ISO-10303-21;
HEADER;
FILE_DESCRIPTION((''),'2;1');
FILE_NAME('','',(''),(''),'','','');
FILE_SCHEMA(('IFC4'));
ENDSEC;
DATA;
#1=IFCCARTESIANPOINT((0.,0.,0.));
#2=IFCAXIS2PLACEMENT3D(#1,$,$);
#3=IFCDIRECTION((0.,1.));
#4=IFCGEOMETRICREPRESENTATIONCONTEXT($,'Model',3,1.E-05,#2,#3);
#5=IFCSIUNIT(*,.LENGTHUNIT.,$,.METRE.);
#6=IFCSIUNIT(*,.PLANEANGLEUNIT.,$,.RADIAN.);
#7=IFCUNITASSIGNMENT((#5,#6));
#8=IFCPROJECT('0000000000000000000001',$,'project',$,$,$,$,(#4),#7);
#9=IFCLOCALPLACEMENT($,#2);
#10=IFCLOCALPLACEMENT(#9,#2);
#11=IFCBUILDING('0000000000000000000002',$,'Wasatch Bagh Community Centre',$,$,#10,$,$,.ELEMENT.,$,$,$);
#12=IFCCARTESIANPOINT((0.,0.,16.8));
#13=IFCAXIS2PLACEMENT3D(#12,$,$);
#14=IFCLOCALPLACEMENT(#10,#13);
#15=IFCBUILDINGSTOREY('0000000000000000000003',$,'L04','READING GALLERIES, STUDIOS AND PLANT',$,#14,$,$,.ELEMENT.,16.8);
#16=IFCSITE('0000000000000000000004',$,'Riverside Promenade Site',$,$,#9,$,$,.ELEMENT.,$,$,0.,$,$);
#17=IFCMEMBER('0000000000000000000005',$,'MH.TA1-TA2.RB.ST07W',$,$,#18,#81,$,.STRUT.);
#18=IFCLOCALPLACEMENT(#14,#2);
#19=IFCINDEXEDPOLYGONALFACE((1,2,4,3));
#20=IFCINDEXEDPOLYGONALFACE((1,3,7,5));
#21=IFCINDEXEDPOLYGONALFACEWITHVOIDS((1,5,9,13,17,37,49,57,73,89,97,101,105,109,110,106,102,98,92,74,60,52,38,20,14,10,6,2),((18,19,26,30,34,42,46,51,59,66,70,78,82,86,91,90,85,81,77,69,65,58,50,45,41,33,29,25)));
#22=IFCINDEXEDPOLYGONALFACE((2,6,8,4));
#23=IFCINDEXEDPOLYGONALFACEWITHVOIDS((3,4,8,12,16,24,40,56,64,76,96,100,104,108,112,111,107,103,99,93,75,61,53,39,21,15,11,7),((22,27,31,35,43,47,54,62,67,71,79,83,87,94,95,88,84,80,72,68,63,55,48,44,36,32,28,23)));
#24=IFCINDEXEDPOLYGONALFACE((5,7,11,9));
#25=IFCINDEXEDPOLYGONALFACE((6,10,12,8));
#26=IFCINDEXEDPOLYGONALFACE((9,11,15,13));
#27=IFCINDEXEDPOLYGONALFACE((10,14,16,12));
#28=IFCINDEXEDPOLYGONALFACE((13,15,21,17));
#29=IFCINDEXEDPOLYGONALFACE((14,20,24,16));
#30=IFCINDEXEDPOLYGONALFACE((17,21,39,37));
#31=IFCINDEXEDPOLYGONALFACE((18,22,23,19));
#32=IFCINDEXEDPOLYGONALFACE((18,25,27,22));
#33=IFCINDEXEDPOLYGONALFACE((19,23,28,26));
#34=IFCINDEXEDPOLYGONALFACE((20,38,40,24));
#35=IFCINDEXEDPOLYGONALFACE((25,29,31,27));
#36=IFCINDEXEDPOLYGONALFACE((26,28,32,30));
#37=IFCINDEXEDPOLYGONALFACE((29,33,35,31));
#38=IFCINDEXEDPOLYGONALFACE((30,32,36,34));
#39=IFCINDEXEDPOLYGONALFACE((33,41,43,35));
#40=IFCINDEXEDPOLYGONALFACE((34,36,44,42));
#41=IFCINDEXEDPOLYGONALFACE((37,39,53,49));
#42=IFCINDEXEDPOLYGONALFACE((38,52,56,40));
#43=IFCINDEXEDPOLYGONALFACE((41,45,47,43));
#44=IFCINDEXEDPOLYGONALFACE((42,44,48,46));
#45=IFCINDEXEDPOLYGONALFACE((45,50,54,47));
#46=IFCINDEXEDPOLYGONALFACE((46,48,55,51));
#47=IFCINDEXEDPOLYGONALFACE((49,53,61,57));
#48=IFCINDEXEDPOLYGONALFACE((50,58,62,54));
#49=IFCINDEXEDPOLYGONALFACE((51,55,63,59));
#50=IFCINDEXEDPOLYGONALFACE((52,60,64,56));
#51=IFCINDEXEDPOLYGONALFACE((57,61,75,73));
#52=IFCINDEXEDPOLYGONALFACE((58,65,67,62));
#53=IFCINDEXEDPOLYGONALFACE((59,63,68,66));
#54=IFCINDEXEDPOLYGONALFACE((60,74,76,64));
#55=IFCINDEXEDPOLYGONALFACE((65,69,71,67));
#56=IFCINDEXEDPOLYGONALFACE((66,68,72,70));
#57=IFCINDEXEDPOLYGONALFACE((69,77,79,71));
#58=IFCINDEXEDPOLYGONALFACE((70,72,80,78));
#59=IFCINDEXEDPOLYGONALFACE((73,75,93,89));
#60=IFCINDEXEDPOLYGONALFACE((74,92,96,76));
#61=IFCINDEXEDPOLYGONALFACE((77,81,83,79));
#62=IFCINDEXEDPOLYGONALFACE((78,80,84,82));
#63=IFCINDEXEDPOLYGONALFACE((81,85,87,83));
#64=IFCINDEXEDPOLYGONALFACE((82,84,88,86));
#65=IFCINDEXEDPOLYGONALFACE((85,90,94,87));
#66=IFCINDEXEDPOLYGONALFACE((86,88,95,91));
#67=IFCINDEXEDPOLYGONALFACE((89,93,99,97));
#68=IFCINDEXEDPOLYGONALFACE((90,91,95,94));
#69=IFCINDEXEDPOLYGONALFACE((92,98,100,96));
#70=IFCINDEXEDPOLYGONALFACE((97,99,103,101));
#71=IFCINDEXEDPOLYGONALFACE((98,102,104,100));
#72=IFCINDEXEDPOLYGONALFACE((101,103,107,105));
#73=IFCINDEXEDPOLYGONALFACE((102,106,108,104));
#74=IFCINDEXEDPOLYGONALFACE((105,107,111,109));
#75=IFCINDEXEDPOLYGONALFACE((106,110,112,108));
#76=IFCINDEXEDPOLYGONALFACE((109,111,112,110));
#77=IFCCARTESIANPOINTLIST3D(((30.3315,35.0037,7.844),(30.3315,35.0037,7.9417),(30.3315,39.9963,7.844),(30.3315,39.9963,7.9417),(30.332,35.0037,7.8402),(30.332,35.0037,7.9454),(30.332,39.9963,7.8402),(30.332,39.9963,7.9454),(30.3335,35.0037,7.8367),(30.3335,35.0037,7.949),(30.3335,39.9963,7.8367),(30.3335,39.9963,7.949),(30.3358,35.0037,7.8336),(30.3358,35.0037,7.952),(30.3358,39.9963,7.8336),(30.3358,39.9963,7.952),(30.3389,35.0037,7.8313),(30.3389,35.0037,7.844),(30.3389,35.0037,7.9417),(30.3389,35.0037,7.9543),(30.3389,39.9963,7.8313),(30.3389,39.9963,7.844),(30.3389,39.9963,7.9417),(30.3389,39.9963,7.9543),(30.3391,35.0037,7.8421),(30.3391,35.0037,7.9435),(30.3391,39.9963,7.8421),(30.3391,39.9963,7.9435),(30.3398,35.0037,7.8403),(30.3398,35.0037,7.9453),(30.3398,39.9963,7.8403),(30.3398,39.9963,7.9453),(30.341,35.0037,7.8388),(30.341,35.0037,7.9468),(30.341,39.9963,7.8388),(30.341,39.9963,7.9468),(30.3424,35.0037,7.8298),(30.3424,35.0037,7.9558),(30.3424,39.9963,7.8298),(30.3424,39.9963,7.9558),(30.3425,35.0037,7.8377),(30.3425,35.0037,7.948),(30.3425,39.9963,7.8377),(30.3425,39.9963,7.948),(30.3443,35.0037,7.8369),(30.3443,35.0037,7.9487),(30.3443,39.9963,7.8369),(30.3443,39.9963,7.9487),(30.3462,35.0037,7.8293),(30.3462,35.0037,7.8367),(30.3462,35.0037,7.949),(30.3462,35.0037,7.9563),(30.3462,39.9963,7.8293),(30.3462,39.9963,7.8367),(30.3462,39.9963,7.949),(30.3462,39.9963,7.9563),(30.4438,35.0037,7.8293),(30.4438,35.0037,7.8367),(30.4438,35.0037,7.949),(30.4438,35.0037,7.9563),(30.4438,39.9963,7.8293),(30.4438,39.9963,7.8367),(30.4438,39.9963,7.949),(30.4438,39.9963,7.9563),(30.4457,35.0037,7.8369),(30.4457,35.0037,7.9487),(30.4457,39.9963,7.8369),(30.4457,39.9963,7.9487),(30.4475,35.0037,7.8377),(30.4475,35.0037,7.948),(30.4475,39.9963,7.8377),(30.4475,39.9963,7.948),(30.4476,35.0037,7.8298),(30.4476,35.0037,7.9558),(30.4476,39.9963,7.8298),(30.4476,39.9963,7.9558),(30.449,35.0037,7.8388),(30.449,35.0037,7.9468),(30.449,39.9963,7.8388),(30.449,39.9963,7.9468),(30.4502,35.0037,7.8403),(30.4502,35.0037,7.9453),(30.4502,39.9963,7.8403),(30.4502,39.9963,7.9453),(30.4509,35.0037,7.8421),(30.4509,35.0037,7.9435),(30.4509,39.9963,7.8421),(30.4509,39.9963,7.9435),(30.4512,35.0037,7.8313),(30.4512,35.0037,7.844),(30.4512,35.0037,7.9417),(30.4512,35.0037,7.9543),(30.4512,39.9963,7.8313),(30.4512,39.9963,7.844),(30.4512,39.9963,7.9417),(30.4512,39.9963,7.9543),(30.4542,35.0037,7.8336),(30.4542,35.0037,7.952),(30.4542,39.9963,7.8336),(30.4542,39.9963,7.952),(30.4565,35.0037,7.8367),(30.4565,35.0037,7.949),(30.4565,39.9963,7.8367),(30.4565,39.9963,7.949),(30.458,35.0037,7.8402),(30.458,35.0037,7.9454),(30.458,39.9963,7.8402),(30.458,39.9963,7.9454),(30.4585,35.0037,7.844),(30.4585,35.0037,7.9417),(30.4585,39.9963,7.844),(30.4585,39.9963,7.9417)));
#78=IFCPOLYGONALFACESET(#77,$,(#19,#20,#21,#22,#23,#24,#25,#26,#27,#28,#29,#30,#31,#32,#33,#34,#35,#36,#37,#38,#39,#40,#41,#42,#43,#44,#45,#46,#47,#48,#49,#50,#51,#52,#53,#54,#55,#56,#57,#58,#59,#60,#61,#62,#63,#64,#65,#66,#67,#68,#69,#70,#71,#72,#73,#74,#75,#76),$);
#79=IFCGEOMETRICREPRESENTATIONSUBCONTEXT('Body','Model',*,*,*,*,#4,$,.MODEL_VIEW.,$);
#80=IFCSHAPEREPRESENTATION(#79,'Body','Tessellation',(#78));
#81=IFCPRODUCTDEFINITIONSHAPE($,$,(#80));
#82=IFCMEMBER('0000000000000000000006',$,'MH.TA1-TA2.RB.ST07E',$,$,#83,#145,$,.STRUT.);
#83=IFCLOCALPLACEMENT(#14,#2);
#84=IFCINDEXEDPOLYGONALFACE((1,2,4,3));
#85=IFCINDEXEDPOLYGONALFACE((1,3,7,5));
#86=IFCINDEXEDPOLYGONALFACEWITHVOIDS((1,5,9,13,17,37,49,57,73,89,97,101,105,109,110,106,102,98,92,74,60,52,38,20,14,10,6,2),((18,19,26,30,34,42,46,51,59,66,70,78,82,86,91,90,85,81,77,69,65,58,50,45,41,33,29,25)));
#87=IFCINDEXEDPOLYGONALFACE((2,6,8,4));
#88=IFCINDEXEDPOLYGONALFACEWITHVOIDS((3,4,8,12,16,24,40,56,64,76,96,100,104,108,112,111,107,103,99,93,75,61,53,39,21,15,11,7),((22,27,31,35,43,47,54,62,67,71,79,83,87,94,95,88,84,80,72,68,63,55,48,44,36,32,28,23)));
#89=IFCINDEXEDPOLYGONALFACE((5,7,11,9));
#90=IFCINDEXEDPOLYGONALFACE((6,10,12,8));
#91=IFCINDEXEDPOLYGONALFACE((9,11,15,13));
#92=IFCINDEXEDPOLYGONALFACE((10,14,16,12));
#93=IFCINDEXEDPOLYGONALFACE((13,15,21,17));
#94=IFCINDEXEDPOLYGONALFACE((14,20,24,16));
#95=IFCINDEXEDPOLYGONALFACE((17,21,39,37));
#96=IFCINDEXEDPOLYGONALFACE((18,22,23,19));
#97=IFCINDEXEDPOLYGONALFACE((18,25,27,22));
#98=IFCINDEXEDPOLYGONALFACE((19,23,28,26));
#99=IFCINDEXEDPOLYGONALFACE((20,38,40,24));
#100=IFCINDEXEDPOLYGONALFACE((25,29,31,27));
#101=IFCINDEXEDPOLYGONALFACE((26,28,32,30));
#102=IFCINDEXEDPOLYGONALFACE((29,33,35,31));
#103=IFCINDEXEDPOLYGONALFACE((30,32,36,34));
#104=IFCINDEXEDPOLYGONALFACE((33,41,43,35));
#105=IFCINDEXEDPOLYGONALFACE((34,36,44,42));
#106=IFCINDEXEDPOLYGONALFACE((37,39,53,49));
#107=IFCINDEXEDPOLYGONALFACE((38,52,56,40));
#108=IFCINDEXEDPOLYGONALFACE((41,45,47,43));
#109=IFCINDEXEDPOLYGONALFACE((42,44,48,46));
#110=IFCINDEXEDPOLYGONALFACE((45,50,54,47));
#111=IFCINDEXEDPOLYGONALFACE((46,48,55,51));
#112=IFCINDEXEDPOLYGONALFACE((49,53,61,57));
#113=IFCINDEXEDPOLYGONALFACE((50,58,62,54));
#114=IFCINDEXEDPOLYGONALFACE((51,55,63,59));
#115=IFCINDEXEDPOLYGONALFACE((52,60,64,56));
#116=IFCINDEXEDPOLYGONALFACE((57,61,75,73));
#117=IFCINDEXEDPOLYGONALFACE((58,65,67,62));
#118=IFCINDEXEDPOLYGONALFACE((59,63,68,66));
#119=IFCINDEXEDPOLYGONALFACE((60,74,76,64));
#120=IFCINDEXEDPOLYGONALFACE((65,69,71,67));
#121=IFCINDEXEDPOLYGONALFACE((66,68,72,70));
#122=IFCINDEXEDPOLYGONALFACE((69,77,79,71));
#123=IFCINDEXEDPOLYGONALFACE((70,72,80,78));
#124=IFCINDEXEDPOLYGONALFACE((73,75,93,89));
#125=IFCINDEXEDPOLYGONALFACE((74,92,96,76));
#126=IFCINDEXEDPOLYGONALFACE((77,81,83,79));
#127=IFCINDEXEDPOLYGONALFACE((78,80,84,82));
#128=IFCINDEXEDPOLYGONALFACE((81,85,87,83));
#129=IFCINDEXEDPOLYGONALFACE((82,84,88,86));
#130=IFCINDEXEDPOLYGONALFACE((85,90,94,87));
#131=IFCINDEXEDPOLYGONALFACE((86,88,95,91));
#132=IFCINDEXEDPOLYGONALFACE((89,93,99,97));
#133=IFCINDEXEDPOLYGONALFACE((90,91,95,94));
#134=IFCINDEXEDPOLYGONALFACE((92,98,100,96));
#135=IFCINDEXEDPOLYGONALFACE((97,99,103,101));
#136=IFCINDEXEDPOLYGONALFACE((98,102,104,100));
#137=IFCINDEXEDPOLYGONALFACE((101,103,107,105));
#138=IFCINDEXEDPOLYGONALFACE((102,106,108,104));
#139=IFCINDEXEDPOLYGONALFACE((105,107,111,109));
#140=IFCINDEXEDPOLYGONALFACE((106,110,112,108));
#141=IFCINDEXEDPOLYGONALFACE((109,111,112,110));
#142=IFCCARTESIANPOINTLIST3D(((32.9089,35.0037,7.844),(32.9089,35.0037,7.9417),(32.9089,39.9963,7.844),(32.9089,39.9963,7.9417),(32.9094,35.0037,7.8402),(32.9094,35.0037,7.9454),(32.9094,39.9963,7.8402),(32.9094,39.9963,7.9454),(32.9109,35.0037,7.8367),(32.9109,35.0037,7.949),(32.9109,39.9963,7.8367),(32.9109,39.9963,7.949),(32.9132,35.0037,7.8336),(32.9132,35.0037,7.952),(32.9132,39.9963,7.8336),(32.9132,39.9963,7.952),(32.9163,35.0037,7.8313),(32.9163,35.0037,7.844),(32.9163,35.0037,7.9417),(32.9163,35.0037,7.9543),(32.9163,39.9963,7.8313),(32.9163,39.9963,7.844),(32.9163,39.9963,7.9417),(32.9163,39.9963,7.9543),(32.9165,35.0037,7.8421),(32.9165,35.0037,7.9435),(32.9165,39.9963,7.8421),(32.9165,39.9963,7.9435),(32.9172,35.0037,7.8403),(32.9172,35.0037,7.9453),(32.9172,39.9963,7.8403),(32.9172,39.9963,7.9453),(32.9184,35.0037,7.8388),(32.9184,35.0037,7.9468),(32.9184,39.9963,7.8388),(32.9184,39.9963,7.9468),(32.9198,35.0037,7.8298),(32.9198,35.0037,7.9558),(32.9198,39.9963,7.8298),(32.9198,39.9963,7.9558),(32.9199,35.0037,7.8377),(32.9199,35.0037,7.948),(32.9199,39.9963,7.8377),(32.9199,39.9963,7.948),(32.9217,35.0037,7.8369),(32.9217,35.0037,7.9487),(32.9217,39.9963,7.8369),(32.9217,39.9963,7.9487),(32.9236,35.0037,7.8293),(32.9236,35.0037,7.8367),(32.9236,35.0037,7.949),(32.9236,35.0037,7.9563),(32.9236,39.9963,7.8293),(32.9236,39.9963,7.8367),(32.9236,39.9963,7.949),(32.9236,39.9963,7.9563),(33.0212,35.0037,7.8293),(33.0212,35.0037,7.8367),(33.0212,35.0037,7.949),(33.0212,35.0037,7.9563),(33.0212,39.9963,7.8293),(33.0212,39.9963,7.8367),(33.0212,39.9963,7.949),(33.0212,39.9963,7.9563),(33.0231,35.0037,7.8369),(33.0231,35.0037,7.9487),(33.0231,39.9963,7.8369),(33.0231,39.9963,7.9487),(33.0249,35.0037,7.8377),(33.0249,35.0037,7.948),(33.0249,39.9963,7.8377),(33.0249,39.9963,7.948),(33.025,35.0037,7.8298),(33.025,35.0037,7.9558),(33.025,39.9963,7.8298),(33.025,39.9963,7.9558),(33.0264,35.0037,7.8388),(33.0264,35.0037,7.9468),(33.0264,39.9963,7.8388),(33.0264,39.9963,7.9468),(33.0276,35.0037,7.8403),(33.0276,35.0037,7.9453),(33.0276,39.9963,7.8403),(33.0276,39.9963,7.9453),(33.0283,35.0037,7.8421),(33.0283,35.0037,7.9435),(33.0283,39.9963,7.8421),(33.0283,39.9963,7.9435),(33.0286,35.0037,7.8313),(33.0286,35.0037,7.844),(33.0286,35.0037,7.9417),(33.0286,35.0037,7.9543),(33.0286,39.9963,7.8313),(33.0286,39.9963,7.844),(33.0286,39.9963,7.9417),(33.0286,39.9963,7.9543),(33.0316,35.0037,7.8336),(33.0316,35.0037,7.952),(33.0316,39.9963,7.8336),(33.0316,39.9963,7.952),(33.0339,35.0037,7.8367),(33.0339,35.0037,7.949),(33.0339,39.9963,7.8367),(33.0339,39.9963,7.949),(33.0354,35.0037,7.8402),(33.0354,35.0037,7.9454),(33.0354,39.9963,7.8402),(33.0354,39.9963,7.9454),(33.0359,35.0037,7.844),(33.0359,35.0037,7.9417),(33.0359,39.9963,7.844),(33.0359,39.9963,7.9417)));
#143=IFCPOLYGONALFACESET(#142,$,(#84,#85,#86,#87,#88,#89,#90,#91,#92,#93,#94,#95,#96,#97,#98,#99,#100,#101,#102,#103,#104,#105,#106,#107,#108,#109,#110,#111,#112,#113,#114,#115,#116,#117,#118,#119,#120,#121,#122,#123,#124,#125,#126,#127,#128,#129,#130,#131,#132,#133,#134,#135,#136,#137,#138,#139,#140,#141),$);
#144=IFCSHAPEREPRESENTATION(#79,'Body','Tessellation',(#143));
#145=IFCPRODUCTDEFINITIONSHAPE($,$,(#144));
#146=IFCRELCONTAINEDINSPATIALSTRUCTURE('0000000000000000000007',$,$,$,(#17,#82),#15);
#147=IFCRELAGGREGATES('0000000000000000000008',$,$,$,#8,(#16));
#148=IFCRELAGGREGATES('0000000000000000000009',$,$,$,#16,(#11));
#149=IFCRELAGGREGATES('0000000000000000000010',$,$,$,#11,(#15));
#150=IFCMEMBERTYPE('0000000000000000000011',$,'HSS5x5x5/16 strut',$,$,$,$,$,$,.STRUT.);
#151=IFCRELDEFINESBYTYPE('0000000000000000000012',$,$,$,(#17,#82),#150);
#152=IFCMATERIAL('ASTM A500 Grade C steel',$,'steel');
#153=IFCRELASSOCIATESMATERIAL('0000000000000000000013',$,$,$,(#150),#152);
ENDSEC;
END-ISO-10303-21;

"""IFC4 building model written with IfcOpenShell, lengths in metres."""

from ifc_helpers import new_model, si_unit, direction, frame, origin, origin_2d, place, context, subcontext, project, spatial, hollow_rectangle, extrude, material, material_profile, profile_set, type_object, element, save


model = new_model("IFC4")

# Units and contexts
model_context = context("Model", 3, precision=1e-05, world=origin(), true_north=direction((0.0, 1.0)))
body_context = subcontext(model_context, "Body", "Model", "MODEL_VIEW")
ifc_project = project(units=[si_unit("LENGTHUNIT", "METRE"), si_unit("PLANEANGLEUNIT", "RADIAN")], contexts=[model_context])

# Site, building, storey
site_placement = place(None, origin())
site = spatial("IfcSite", under=ifc_project, at=site_placement, Name="Riverside Promenade Site", CompositionType="ELEMENT", RefElevation=0.0)
building_placement = place(site_placement, origin())
building = spatial("IfcBuilding", under=site, at=building_placement, Name="Wasatch Bagh Community Centre", CompositionType="ELEMENT")
storey_placement = place(building_placement, frame((0.0, 0.0, 16.8)))
storey = spatial("IfcBuildingStorey", under=building, at=storey_placement, Name="L04", Description="READING GALLERIES, STUDIOS AND PLANT", CompositionType="ELEMENT", Elevation=16.8)

# Members
ifc_material_1 = material(Name="ASTM A500 Grade C steel", Category="steel")
ifc_material_profile_1 = material_profile(ifc_material_1, hollow_rectangle(XDim=0.127, YDim=0.127, WallThickness=0.0073, InnerFilletRadius=0.0073, OuterFilletRadius=0.0146, at=origin_2d()), Name="HSS5x5x5/16")
ifc_profile_set_1 = profile_set([ifc_material_profile_1], Name="ASTM A500 Grade C steel")
member_type_1 = type_object("IfcMemberType", Name="HSS5x5x5/16 strut", PredefinedType="STRUT", material=ifc_profile_set_1)
for number, where, z_axis, x_axis, name in (
    (1, (30.395, 35.0037, 7.8928), (0.0, 1.0, 0.0), (-1.0, 0.0, 0.0), "MH.TA1-TA2.RB.ST07W"),
    (2, (32.9724, 35.0037, 7.8928), (0.0, 1.0, 0.0), (-1.0, 0.0, 0.0), "MH.TA1-TA2.RB.ST07E"),
):
    element("IfcMember", number, at=place(storey_placement, frame(where, z_axis=z_axis, x_axis=x_axis)), inside=storey, type_object=member_type_1, Name=name, PredefinedType="STRUT", context=body_context, shape_type="SweptSolid", body=[
        extrude(hollow_rectangle(XDim=0.127, YDim=0.127, WallThickness=0.0073, InnerFilletRadius=0.0073, OuterFilletRadius=0.0146, at=origin_2d()), origin(), (0.0, 0.0, 1.0), 4.9927),
    ])

save(model, "model.ifc")
